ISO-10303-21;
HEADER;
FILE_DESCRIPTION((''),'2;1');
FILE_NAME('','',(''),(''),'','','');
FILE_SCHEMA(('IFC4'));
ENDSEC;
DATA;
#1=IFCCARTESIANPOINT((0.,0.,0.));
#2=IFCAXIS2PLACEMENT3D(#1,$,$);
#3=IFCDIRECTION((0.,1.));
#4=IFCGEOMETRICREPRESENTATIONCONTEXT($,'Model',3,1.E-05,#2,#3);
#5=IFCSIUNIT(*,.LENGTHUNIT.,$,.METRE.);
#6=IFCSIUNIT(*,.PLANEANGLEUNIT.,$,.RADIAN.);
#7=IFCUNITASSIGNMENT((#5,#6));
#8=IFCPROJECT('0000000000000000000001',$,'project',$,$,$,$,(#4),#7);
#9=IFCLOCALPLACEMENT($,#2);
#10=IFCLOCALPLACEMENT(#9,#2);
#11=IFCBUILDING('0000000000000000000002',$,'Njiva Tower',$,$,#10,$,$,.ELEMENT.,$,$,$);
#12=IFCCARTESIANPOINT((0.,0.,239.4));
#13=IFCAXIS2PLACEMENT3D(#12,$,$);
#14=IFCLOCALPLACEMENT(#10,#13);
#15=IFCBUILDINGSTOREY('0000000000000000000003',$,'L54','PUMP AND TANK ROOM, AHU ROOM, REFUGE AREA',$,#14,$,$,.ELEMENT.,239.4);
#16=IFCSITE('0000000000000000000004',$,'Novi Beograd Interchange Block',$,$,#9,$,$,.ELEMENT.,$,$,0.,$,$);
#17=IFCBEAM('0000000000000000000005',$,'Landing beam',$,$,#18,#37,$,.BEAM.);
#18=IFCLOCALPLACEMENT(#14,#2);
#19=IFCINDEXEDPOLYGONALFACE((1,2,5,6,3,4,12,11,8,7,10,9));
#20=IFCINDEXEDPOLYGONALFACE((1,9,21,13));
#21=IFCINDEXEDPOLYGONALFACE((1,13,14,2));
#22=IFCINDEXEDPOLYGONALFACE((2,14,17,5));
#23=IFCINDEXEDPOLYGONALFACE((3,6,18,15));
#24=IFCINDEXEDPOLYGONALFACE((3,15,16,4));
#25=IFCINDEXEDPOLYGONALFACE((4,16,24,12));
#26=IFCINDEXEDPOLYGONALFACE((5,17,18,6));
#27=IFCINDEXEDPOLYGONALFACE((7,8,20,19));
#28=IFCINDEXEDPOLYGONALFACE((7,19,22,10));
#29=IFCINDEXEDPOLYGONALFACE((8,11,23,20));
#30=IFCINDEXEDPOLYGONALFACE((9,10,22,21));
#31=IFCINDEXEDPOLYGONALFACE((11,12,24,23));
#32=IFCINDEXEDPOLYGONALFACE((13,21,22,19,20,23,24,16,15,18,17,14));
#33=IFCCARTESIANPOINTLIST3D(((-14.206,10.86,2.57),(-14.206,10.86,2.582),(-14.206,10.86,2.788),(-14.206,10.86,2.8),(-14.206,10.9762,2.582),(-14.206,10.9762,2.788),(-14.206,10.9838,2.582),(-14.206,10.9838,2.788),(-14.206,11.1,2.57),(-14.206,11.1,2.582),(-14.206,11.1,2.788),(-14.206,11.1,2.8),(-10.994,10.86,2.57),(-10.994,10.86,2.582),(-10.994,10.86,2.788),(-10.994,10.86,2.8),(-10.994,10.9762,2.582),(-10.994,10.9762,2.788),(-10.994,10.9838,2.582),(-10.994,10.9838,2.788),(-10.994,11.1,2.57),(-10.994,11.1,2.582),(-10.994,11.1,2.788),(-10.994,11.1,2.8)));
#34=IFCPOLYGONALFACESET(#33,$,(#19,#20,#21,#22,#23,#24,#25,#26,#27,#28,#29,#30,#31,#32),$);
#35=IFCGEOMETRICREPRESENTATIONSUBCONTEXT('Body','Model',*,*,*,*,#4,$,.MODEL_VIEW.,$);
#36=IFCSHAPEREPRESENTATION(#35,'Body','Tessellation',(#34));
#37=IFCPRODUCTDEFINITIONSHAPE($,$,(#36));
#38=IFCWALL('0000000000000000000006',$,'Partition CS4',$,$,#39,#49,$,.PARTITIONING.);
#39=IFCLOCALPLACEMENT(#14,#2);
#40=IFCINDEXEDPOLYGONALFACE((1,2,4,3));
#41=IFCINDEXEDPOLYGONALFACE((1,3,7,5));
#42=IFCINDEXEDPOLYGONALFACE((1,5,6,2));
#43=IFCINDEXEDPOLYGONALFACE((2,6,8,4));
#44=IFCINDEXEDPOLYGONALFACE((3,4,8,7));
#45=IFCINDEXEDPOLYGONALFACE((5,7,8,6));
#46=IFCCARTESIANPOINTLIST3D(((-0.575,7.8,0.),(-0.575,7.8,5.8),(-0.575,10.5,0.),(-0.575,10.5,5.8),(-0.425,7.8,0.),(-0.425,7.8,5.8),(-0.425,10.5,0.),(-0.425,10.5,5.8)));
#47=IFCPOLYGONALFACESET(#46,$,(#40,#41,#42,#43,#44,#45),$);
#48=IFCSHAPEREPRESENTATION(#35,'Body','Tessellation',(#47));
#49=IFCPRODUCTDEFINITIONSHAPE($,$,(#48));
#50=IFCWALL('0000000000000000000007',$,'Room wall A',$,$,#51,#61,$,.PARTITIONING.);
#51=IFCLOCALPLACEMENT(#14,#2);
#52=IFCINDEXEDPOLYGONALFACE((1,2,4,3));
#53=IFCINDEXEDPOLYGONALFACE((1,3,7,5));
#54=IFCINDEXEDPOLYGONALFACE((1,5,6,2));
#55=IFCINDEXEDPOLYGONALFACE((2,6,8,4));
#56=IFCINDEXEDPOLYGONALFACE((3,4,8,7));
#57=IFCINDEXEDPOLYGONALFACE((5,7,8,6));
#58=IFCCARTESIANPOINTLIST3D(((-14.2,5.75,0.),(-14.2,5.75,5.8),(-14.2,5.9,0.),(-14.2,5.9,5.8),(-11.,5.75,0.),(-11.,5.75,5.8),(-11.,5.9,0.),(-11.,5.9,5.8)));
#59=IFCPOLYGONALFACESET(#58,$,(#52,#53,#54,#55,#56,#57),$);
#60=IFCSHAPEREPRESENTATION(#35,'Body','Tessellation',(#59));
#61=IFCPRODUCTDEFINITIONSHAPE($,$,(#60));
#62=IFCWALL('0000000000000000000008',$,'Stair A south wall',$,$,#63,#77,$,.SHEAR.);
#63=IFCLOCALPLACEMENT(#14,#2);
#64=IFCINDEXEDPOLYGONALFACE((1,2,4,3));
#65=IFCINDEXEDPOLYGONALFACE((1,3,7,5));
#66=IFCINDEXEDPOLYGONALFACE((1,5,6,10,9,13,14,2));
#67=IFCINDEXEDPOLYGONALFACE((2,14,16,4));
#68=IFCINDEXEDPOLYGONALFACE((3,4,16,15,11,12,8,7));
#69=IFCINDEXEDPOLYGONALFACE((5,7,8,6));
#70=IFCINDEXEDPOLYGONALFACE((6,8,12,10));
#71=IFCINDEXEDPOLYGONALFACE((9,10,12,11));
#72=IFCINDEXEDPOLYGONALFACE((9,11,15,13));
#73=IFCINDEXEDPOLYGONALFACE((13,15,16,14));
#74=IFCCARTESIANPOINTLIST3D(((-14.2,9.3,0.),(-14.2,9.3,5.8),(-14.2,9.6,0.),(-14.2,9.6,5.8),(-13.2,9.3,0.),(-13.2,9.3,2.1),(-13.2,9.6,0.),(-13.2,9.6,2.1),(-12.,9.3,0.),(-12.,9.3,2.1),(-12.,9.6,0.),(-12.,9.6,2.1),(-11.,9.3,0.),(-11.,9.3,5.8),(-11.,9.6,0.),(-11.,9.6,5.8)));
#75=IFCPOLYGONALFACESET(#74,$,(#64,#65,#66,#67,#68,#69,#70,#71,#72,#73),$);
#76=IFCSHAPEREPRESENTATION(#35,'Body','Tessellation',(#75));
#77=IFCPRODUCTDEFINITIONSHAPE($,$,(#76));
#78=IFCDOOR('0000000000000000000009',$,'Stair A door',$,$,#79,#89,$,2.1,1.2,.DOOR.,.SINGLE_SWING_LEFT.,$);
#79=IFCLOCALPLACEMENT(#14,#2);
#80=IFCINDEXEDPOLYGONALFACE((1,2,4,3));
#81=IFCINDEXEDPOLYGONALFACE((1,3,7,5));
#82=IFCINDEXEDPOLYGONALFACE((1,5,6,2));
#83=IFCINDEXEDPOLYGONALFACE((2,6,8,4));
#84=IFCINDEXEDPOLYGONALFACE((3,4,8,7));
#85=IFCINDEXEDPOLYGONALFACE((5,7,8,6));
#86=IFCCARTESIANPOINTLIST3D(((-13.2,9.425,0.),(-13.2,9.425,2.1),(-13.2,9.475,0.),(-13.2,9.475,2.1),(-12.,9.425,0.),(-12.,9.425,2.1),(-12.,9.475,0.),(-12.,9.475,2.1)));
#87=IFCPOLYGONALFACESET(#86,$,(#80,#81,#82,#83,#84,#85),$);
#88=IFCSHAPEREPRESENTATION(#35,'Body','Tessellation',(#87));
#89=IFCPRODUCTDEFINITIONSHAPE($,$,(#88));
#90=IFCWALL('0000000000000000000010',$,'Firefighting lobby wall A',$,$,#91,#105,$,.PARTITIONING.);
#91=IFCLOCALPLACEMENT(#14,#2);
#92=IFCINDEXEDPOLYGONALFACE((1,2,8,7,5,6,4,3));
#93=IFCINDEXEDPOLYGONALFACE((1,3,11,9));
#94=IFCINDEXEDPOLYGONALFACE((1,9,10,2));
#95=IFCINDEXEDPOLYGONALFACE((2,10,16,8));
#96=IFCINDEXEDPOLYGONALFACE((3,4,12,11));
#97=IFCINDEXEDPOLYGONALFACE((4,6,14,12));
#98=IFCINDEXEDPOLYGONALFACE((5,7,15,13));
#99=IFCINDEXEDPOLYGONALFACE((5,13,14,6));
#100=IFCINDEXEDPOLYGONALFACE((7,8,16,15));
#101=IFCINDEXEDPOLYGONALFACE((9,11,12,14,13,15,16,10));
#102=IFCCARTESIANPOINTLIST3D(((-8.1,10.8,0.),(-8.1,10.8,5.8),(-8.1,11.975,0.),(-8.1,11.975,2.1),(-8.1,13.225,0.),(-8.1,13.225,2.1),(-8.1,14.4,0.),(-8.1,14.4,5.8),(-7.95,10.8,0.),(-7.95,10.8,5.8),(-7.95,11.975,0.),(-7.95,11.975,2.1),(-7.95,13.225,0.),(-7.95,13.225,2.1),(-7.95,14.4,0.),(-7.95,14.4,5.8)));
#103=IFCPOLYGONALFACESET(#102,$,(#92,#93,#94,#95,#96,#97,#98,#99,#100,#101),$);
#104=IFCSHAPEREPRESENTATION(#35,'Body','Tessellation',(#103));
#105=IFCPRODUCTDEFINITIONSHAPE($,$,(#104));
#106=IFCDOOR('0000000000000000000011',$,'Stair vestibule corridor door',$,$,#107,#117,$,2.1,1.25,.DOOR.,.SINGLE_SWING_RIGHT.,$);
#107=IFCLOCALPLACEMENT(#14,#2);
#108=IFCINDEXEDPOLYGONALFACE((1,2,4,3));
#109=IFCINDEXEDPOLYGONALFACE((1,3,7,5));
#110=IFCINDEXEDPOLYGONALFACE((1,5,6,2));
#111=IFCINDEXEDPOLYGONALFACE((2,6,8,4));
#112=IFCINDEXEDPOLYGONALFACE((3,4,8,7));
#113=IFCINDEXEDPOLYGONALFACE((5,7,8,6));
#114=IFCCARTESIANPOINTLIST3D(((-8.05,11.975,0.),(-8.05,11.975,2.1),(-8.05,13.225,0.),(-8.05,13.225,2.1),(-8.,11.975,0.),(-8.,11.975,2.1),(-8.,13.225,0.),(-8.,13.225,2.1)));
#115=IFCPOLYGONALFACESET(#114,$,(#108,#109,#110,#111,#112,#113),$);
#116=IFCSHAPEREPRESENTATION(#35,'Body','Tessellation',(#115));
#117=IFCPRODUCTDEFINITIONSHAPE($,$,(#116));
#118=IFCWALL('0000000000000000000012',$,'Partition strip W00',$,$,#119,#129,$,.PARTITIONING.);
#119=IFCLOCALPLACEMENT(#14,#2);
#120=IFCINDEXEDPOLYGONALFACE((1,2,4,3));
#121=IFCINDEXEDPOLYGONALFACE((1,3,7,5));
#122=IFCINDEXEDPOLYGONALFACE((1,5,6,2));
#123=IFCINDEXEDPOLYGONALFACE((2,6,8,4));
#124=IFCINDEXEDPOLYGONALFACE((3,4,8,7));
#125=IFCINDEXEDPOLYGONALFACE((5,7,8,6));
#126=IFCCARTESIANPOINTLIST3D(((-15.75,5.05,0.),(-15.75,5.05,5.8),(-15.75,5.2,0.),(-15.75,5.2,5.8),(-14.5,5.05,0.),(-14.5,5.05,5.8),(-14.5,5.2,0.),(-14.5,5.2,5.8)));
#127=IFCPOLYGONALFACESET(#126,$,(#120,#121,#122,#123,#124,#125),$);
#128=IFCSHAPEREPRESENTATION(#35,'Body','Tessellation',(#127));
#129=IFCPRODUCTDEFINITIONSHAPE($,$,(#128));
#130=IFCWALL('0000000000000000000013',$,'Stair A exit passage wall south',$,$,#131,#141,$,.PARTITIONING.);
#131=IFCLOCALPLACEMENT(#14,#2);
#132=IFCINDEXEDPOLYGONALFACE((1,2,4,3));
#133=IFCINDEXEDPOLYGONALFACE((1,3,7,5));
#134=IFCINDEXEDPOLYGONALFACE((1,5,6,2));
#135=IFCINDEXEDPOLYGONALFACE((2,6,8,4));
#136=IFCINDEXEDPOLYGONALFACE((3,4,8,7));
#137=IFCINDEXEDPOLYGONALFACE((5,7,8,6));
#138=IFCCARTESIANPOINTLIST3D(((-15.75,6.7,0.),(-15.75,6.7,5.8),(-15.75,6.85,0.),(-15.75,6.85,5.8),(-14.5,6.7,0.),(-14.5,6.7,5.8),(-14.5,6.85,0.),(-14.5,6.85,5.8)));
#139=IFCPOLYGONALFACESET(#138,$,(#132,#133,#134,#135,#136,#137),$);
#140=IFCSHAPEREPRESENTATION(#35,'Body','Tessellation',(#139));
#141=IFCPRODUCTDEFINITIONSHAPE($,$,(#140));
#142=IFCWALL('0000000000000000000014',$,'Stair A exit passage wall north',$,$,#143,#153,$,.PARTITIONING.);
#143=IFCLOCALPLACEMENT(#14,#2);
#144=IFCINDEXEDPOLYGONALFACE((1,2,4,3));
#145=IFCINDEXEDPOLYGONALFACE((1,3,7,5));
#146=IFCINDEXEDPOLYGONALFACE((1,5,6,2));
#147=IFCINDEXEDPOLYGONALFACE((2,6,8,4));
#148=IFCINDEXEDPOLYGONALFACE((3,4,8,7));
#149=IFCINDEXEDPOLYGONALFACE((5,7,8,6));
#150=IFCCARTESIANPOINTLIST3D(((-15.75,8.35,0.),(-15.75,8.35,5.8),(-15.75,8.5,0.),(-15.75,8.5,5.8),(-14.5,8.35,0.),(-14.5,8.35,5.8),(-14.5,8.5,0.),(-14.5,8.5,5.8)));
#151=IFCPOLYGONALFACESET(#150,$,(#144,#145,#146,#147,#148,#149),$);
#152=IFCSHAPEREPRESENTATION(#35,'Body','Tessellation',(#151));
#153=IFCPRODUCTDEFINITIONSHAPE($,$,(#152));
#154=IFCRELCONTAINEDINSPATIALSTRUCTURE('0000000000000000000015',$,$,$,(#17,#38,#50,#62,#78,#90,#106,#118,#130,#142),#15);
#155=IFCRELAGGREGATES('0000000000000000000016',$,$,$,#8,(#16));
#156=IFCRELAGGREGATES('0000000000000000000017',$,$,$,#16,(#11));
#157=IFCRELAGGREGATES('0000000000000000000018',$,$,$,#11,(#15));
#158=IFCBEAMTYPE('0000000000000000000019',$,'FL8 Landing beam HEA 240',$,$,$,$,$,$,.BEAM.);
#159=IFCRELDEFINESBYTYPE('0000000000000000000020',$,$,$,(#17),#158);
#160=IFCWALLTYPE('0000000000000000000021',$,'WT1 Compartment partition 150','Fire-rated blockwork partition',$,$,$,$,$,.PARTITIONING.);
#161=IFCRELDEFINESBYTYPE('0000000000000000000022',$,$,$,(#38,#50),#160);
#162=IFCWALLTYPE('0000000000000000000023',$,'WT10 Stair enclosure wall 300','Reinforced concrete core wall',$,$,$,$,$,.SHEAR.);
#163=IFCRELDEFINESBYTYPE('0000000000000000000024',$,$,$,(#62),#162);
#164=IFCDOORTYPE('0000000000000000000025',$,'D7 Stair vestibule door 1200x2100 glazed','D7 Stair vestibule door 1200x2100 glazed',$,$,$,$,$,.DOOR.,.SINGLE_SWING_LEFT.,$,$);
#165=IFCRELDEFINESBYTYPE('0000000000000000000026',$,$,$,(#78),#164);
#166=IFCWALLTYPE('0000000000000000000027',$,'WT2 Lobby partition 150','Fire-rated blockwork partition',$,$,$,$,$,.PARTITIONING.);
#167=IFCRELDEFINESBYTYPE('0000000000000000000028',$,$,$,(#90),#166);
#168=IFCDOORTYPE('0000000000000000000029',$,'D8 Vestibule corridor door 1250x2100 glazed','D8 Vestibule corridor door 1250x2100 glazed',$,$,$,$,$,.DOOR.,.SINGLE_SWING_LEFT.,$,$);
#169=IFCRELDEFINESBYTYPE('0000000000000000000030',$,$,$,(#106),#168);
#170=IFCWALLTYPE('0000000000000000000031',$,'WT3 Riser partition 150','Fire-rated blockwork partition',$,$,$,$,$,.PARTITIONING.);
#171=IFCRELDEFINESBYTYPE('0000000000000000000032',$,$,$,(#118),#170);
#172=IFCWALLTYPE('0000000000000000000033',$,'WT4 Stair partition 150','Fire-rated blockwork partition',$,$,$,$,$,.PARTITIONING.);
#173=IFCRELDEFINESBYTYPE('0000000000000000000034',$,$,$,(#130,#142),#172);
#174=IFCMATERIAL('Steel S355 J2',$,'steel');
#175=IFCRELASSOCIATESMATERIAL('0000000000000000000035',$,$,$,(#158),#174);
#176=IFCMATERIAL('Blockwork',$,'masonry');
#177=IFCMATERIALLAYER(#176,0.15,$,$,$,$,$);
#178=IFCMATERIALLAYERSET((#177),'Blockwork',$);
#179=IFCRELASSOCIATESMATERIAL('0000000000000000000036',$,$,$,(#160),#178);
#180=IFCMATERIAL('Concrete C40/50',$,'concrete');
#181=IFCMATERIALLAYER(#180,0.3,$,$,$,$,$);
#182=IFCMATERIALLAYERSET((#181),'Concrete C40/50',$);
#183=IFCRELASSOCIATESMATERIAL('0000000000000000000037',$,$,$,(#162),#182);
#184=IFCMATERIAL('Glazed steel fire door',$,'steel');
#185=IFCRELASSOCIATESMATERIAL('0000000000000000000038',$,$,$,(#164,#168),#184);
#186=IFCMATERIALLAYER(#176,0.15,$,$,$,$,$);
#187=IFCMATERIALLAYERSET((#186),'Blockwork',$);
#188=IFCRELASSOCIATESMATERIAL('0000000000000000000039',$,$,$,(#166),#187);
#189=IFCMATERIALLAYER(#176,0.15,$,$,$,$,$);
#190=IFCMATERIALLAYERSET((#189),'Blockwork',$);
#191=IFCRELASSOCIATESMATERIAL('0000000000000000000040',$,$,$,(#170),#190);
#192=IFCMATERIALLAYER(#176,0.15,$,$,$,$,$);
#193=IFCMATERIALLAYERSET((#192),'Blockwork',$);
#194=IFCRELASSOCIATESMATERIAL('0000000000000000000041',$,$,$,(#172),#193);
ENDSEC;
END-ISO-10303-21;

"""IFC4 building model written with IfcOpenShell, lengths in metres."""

from ifc_helpers import new_model, si_unit, direction, frame, frame_2d, origin, origin_2d, place, context, subcontext, project, spatial, rectangle, i_section, extrude, material, layer, layer_set, material_profile, profile_set, type_object, element, fill, save


model = new_model("IFC4")

# Units and contexts
model_context = context("Model", 3, precision=1e-05, world=origin(), true_north=direction((0.0, 1.0)))
body_context = subcontext(model_context, "Body", "Model", "MODEL_VIEW")
ifc_project = project(units=[si_unit("LENGTHUNIT", "METRE"), si_unit("PLANEANGLEUNIT", "RADIAN")], contexts=[model_context])

# Site, building, storey
site_placement = place(None, origin())
site = spatial("IfcSite", under=ifc_project, at=site_placement, Name="Novi Beograd Interchange Block", CompositionType="ELEMENT", RefElevation=0.0)
building_placement = place(site_placement, origin())
building = spatial("IfcBuilding", under=site, at=building_placement, Name="Njiva Tower", CompositionType="ELEMENT")
storey_placement = place(building_placement, frame((0.0, 0.0, 239.4)))
storey = spatial("IfcBuildingStorey", under=building, at=storey_placement, Name="L54", Description="PUMP AND TANK ROOM, AHU ROOM, REFUGE AREA", CompositionType="ELEMENT", Elevation=239.4)

# Beam
ifc_material_1 = material(Name="Steel S355 J2", Category="steel")
ifc_material_profile_1 = material_profile(ifc_material_1, i_section(OverallWidth=0.24, OverallDepth=0.23, WebThickness=0.0075, FlangeThickness=0.012, at=origin_2d()), Name="HEA240")
ifc_profile_set_1 = profile_set([ifc_material_profile_1], Name="Steel S355 J2")
beam_type = type_object("IfcBeamType", Name="FL8 Landing beam HEA 240", PredefinedType="BEAM", material=ifc_profile_set_1)
beam_placement = place(storey_placement, frame((-14.206, 10.98, 2.685), z_axis=(1.0, 0.0, 0.0), x_axis=(0.0, 1.0, 0.0)))
element("IfcBeam", 1, at=beam_placement, inside=storey, type_object=beam_type, Name="Landing beam", PredefinedType="BEAM", context=body_context, shape_type="SweptSolid", body=[
    extrude(i_section(OverallWidth=0.24, OverallDepth=0.23, WebThickness=0.0075, FlangeThickness=0.012, at=origin_2d()), origin(), (0.0, 0.0, 1.0), 3.212),
])

# Walls
ifc_material_2 = material(Name="Blockwork", Category="masonry")
ifc_layer_1 = layer(ifc_material_2, 0.15)
ifc_layer_set_1 = layer_set([ifc_layer_1], Name="Blockwork")
wall_type_1 = type_object("IfcWallType", Name="WT1 Compartment partition 150", Description="Fire-rated blockwork partition", PredefinedType="PARTITIONING", material=ifc_layer_set_1)
wall_1_placement = place(storey_placement, frame((-0.5, 7.8, 0.0), z_axis=(0.0, 0.0, 1.0), x_axis=(0.0, 1.0, 0.0)))
element("IfcWall", 2, at=wall_1_placement, inside=storey, type_object=wall_type_1, Name="Partition CS4", PredefinedType="PARTITIONING", context=body_context, shape_type="SweptSolid", body=[
    extrude(rectangle(XDim=2.7, YDim=0.15, at=frame_2d((1.35, 0.0))), origin(), (0.0, 0.0, 1.0), 5.8),
])
wall_2_placement = place(storey_placement, frame((-14.2, 5.825, 0.0), z_axis=(0.0, 0.0, 1.0), x_axis=(1.0, 0.0, 0.0)))
element("IfcWall", 3, at=wall_2_placement, inside=storey, type_object=wall_type_1, Name="Room wall A", PredefinedType="PARTITIONING", context=body_context, shape_type="SweptSolid", body=[
    extrude(rectangle(XDim=3.2, YDim=0.15, at=frame_2d((1.6, 0.0))), origin(), (0.0, 0.0, 1.0), 5.8),
])

# Walls, openings, doors
ifc_material_3 = material(Name="Concrete C40/50", Category="concrete")
ifc_layer_2 = layer(ifc_material_3, 0.3)
ifc_layer_set_2 = layer_set([ifc_layer_2], Name="Concrete C40/50")
wall_type_2 = type_object("IfcWallType", Name="WT10 Stair enclosure wall 300", Description="Reinforced concrete core wall", PredefinedType="SHEAR", material=ifc_layer_set_2)
wall_3_placement = place(storey_placement, frame((-14.2, 9.45, 0.0), z_axis=(0.0, 0.0, 1.0), x_axis=(1.0, 0.0, 0.0)))
wall_3 = element("IfcWall", 4, at=wall_3_placement, inside=storey, type_object=wall_type_2, Name="Stair A south wall", PredefinedType="SHEAR", context=body_context, shape_type="SweptSolid", body=[
    extrude(rectangle(XDim=3.2, YDim=0.3, at=frame_2d((1.6, 0.0))), origin(), (0.0, 0.0, 1.0), 5.8),
])
opening_1_placement = place(wall_3_placement, frame((1.0, 0.0, 0.0)))
opening_1 = element("IfcOpeningElement", 5, at=opening_1_placement, cuts=wall_3, PredefinedType="OPENING", context=body_context, shape_type="SweptSolid", body=[
    extrude(rectangle(XDim=1.2, YDim=2.1, at=frame_2d((0.6, 1.05))), frame((0.0, 0.16, 0.0), z_axis=(0.0, -1.0, 0.0), x_axis=(1.0, 0.0, 0.0)), (0.0, 0.0, 1.0), 0.32),
])
ifc_material_4 = material(Name="Glazed steel fire door", Category="steel")
door_type_1 = type_object("IfcDoorType", Name="D7 Stair vestibule door 1200x2100 glazed", Description="D7 Stair vestibule door 1200x2100 glazed", OperationType="SINGLE_SWING_LEFT", PredefinedType="DOOR", material=ifc_material_4)
door_1_placement = place(opening_1_placement, origin())
door_1 = element("IfcDoor", 6, at=door_1_placement, inside=storey, type_object=door_type_1, Name="Stair A door", OperationType="SINGLE_SWING_LEFT", OverallHeight=2.1, OverallWidth=1.2, PredefinedType="DOOR", context=body_context, shape_type="SweptSolid", body=[
    extrude(rectangle(XDim=1.2, YDim=2.1, at=frame_2d((0.6, 1.05))), frame((0.0, 0.025, 0.0), z_axis=(0.0, -1.0, 0.0), x_axis=(1.0, 0.0, 0.0)), (0.0, 0.0, 1.0), 0.05),
])
fill(opening_1, door_1)
ifc_layer_3 = layer(ifc_material_2, 0.15)
ifc_layer_set_3 = layer_set([ifc_layer_3], Name="Blockwork")
wall_type_3 = type_object("IfcWallType", Name="WT2 Lobby partition 150", Description="Fire-rated blockwork partition", PredefinedType="PARTITIONING", material=ifc_layer_set_3)
wall_4_placement = place(storey_placement, frame((-8.025, 10.8, 0.0), z_axis=(0.0, 0.0, 1.0), x_axis=(0.0, 1.0, 0.0)))
wall_4 = element("IfcWall", 7, at=wall_4_placement, inside=storey, type_object=wall_type_3, Name="Firefighting lobby wall A", PredefinedType="PARTITIONING", context=body_context, shape_type="SweptSolid", body=[
    extrude(rectangle(XDim=3.6, YDim=0.15, at=frame_2d((1.8, 0.0))), origin(), (0.0, 0.0, 1.0), 5.8),
])
opening_2_placement = place(wall_4_placement, frame((1.175, 0.0, 0.0)))
opening_2 = element("IfcOpeningElement", 8, at=opening_2_placement, cuts=wall_4, PredefinedType="OPENING", context=body_context, shape_type="SweptSolid", body=[
    extrude(rectangle(XDim=1.25, YDim=2.1, at=frame_2d((0.625, 1.05))), frame((0.0, 0.085, 0.0), z_axis=(0.0, -1.0, 0.0), x_axis=(1.0, 0.0, 0.0)), (0.0, 0.0, 1.0), 0.17),
])
door_type_2 = type_object("IfcDoorType", Name="D8 Vestibule corridor door 1250x2100 glazed", Description="D8 Vestibule corridor door 1250x2100 glazed", OperationType="SINGLE_SWING_LEFT", PredefinedType="DOOR", material=ifc_material_4)
door_2_placement = place(opening_2_placement, origin())
door_2 = element("IfcDoor", 9, at=door_2_placement, inside=storey, type_object=door_type_2, Name="Stair vestibule corridor door", OperationType="SINGLE_SWING_RIGHT", OverallHeight=2.1, OverallWidth=1.25, PredefinedType="DOOR", context=body_context, shape_type="SweptSolid", body=[
    extrude(rectangle(XDim=1.25, YDim=2.1, at=frame_2d((0.625, 1.05))), frame((0.0, 0.025, 0.0), z_axis=(0.0, -1.0, 0.0), x_axis=(1.0, 0.0, 0.0)), (0.0, 0.0, 1.0), 0.05),
])
fill(opening_2, door_2)

# Walls
ifc_layer_4 = layer(ifc_material_2, 0.15)
ifc_layer_set_4 = layer_set([ifc_layer_4], Name="Blockwork")
wall_type_4 = type_object("IfcWallType", Name="WT3 Riser partition 150", Description="Fire-rated blockwork partition", PredefinedType="PARTITIONING", material=ifc_layer_set_4)
wall_5_placement = place(storey_placement, frame((-15.75, 5.125, 0.0), z_axis=(0.0, 0.0, 1.0), x_axis=(1.0, 0.0, 0.0)))
element("IfcWall", 10, at=wall_5_placement, inside=storey, type_object=wall_type_4, Name="Partition strip W00", PredefinedType="PARTITIONING", context=body_context, shape_type="SweptSolid", body=[
    extrude(rectangle(XDim=1.25, YDim=0.15, at=frame_2d((0.625, 0.0))), origin(), (0.0, 0.0, 1.0), 5.8),
])
ifc_layer_5 = layer(ifc_material_2, 0.15)
ifc_layer_set_5 = layer_set([ifc_layer_5], Name="Blockwork")
wall_type_5 = type_object("IfcWallType", Name="WT4 Stair partition 150", Description="Fire-rated blockwork partition", PredefinedType="PARTITIONING", material=ifc_layer_set_5)
for number, where, z_axis, x_axis, name in (
    (11, (-15.75, 6.775, 0.0), (0.0, 0.0, 1.0), (1.0, 0.0, 0.0), "Stair A exit passage wall south"),
    (12, (-15.75, 8.425, 0.0), (0.0, 0.0, 1.0), (1.0, 0.0, 0.0), "Stair A exit passage wall north"),
):
    element("IfcWall", number, at=place(storey_placement, frame(where, z_axis=z_axis, x_axis=x_axis)), inside=storey, type_object=wall_type_5, Name=name, PredefinedType="PARTITIONING", context=body_context, shape_type="SweptSolid", body=[
        extrude(rectangle(XDim=1.25, YDim=0.15, at=frame_2d((0.625, 0.0))), origin(), (0.0, 0.0, 1.0), 5.8),
    ])

save(model, "model.ifc")
